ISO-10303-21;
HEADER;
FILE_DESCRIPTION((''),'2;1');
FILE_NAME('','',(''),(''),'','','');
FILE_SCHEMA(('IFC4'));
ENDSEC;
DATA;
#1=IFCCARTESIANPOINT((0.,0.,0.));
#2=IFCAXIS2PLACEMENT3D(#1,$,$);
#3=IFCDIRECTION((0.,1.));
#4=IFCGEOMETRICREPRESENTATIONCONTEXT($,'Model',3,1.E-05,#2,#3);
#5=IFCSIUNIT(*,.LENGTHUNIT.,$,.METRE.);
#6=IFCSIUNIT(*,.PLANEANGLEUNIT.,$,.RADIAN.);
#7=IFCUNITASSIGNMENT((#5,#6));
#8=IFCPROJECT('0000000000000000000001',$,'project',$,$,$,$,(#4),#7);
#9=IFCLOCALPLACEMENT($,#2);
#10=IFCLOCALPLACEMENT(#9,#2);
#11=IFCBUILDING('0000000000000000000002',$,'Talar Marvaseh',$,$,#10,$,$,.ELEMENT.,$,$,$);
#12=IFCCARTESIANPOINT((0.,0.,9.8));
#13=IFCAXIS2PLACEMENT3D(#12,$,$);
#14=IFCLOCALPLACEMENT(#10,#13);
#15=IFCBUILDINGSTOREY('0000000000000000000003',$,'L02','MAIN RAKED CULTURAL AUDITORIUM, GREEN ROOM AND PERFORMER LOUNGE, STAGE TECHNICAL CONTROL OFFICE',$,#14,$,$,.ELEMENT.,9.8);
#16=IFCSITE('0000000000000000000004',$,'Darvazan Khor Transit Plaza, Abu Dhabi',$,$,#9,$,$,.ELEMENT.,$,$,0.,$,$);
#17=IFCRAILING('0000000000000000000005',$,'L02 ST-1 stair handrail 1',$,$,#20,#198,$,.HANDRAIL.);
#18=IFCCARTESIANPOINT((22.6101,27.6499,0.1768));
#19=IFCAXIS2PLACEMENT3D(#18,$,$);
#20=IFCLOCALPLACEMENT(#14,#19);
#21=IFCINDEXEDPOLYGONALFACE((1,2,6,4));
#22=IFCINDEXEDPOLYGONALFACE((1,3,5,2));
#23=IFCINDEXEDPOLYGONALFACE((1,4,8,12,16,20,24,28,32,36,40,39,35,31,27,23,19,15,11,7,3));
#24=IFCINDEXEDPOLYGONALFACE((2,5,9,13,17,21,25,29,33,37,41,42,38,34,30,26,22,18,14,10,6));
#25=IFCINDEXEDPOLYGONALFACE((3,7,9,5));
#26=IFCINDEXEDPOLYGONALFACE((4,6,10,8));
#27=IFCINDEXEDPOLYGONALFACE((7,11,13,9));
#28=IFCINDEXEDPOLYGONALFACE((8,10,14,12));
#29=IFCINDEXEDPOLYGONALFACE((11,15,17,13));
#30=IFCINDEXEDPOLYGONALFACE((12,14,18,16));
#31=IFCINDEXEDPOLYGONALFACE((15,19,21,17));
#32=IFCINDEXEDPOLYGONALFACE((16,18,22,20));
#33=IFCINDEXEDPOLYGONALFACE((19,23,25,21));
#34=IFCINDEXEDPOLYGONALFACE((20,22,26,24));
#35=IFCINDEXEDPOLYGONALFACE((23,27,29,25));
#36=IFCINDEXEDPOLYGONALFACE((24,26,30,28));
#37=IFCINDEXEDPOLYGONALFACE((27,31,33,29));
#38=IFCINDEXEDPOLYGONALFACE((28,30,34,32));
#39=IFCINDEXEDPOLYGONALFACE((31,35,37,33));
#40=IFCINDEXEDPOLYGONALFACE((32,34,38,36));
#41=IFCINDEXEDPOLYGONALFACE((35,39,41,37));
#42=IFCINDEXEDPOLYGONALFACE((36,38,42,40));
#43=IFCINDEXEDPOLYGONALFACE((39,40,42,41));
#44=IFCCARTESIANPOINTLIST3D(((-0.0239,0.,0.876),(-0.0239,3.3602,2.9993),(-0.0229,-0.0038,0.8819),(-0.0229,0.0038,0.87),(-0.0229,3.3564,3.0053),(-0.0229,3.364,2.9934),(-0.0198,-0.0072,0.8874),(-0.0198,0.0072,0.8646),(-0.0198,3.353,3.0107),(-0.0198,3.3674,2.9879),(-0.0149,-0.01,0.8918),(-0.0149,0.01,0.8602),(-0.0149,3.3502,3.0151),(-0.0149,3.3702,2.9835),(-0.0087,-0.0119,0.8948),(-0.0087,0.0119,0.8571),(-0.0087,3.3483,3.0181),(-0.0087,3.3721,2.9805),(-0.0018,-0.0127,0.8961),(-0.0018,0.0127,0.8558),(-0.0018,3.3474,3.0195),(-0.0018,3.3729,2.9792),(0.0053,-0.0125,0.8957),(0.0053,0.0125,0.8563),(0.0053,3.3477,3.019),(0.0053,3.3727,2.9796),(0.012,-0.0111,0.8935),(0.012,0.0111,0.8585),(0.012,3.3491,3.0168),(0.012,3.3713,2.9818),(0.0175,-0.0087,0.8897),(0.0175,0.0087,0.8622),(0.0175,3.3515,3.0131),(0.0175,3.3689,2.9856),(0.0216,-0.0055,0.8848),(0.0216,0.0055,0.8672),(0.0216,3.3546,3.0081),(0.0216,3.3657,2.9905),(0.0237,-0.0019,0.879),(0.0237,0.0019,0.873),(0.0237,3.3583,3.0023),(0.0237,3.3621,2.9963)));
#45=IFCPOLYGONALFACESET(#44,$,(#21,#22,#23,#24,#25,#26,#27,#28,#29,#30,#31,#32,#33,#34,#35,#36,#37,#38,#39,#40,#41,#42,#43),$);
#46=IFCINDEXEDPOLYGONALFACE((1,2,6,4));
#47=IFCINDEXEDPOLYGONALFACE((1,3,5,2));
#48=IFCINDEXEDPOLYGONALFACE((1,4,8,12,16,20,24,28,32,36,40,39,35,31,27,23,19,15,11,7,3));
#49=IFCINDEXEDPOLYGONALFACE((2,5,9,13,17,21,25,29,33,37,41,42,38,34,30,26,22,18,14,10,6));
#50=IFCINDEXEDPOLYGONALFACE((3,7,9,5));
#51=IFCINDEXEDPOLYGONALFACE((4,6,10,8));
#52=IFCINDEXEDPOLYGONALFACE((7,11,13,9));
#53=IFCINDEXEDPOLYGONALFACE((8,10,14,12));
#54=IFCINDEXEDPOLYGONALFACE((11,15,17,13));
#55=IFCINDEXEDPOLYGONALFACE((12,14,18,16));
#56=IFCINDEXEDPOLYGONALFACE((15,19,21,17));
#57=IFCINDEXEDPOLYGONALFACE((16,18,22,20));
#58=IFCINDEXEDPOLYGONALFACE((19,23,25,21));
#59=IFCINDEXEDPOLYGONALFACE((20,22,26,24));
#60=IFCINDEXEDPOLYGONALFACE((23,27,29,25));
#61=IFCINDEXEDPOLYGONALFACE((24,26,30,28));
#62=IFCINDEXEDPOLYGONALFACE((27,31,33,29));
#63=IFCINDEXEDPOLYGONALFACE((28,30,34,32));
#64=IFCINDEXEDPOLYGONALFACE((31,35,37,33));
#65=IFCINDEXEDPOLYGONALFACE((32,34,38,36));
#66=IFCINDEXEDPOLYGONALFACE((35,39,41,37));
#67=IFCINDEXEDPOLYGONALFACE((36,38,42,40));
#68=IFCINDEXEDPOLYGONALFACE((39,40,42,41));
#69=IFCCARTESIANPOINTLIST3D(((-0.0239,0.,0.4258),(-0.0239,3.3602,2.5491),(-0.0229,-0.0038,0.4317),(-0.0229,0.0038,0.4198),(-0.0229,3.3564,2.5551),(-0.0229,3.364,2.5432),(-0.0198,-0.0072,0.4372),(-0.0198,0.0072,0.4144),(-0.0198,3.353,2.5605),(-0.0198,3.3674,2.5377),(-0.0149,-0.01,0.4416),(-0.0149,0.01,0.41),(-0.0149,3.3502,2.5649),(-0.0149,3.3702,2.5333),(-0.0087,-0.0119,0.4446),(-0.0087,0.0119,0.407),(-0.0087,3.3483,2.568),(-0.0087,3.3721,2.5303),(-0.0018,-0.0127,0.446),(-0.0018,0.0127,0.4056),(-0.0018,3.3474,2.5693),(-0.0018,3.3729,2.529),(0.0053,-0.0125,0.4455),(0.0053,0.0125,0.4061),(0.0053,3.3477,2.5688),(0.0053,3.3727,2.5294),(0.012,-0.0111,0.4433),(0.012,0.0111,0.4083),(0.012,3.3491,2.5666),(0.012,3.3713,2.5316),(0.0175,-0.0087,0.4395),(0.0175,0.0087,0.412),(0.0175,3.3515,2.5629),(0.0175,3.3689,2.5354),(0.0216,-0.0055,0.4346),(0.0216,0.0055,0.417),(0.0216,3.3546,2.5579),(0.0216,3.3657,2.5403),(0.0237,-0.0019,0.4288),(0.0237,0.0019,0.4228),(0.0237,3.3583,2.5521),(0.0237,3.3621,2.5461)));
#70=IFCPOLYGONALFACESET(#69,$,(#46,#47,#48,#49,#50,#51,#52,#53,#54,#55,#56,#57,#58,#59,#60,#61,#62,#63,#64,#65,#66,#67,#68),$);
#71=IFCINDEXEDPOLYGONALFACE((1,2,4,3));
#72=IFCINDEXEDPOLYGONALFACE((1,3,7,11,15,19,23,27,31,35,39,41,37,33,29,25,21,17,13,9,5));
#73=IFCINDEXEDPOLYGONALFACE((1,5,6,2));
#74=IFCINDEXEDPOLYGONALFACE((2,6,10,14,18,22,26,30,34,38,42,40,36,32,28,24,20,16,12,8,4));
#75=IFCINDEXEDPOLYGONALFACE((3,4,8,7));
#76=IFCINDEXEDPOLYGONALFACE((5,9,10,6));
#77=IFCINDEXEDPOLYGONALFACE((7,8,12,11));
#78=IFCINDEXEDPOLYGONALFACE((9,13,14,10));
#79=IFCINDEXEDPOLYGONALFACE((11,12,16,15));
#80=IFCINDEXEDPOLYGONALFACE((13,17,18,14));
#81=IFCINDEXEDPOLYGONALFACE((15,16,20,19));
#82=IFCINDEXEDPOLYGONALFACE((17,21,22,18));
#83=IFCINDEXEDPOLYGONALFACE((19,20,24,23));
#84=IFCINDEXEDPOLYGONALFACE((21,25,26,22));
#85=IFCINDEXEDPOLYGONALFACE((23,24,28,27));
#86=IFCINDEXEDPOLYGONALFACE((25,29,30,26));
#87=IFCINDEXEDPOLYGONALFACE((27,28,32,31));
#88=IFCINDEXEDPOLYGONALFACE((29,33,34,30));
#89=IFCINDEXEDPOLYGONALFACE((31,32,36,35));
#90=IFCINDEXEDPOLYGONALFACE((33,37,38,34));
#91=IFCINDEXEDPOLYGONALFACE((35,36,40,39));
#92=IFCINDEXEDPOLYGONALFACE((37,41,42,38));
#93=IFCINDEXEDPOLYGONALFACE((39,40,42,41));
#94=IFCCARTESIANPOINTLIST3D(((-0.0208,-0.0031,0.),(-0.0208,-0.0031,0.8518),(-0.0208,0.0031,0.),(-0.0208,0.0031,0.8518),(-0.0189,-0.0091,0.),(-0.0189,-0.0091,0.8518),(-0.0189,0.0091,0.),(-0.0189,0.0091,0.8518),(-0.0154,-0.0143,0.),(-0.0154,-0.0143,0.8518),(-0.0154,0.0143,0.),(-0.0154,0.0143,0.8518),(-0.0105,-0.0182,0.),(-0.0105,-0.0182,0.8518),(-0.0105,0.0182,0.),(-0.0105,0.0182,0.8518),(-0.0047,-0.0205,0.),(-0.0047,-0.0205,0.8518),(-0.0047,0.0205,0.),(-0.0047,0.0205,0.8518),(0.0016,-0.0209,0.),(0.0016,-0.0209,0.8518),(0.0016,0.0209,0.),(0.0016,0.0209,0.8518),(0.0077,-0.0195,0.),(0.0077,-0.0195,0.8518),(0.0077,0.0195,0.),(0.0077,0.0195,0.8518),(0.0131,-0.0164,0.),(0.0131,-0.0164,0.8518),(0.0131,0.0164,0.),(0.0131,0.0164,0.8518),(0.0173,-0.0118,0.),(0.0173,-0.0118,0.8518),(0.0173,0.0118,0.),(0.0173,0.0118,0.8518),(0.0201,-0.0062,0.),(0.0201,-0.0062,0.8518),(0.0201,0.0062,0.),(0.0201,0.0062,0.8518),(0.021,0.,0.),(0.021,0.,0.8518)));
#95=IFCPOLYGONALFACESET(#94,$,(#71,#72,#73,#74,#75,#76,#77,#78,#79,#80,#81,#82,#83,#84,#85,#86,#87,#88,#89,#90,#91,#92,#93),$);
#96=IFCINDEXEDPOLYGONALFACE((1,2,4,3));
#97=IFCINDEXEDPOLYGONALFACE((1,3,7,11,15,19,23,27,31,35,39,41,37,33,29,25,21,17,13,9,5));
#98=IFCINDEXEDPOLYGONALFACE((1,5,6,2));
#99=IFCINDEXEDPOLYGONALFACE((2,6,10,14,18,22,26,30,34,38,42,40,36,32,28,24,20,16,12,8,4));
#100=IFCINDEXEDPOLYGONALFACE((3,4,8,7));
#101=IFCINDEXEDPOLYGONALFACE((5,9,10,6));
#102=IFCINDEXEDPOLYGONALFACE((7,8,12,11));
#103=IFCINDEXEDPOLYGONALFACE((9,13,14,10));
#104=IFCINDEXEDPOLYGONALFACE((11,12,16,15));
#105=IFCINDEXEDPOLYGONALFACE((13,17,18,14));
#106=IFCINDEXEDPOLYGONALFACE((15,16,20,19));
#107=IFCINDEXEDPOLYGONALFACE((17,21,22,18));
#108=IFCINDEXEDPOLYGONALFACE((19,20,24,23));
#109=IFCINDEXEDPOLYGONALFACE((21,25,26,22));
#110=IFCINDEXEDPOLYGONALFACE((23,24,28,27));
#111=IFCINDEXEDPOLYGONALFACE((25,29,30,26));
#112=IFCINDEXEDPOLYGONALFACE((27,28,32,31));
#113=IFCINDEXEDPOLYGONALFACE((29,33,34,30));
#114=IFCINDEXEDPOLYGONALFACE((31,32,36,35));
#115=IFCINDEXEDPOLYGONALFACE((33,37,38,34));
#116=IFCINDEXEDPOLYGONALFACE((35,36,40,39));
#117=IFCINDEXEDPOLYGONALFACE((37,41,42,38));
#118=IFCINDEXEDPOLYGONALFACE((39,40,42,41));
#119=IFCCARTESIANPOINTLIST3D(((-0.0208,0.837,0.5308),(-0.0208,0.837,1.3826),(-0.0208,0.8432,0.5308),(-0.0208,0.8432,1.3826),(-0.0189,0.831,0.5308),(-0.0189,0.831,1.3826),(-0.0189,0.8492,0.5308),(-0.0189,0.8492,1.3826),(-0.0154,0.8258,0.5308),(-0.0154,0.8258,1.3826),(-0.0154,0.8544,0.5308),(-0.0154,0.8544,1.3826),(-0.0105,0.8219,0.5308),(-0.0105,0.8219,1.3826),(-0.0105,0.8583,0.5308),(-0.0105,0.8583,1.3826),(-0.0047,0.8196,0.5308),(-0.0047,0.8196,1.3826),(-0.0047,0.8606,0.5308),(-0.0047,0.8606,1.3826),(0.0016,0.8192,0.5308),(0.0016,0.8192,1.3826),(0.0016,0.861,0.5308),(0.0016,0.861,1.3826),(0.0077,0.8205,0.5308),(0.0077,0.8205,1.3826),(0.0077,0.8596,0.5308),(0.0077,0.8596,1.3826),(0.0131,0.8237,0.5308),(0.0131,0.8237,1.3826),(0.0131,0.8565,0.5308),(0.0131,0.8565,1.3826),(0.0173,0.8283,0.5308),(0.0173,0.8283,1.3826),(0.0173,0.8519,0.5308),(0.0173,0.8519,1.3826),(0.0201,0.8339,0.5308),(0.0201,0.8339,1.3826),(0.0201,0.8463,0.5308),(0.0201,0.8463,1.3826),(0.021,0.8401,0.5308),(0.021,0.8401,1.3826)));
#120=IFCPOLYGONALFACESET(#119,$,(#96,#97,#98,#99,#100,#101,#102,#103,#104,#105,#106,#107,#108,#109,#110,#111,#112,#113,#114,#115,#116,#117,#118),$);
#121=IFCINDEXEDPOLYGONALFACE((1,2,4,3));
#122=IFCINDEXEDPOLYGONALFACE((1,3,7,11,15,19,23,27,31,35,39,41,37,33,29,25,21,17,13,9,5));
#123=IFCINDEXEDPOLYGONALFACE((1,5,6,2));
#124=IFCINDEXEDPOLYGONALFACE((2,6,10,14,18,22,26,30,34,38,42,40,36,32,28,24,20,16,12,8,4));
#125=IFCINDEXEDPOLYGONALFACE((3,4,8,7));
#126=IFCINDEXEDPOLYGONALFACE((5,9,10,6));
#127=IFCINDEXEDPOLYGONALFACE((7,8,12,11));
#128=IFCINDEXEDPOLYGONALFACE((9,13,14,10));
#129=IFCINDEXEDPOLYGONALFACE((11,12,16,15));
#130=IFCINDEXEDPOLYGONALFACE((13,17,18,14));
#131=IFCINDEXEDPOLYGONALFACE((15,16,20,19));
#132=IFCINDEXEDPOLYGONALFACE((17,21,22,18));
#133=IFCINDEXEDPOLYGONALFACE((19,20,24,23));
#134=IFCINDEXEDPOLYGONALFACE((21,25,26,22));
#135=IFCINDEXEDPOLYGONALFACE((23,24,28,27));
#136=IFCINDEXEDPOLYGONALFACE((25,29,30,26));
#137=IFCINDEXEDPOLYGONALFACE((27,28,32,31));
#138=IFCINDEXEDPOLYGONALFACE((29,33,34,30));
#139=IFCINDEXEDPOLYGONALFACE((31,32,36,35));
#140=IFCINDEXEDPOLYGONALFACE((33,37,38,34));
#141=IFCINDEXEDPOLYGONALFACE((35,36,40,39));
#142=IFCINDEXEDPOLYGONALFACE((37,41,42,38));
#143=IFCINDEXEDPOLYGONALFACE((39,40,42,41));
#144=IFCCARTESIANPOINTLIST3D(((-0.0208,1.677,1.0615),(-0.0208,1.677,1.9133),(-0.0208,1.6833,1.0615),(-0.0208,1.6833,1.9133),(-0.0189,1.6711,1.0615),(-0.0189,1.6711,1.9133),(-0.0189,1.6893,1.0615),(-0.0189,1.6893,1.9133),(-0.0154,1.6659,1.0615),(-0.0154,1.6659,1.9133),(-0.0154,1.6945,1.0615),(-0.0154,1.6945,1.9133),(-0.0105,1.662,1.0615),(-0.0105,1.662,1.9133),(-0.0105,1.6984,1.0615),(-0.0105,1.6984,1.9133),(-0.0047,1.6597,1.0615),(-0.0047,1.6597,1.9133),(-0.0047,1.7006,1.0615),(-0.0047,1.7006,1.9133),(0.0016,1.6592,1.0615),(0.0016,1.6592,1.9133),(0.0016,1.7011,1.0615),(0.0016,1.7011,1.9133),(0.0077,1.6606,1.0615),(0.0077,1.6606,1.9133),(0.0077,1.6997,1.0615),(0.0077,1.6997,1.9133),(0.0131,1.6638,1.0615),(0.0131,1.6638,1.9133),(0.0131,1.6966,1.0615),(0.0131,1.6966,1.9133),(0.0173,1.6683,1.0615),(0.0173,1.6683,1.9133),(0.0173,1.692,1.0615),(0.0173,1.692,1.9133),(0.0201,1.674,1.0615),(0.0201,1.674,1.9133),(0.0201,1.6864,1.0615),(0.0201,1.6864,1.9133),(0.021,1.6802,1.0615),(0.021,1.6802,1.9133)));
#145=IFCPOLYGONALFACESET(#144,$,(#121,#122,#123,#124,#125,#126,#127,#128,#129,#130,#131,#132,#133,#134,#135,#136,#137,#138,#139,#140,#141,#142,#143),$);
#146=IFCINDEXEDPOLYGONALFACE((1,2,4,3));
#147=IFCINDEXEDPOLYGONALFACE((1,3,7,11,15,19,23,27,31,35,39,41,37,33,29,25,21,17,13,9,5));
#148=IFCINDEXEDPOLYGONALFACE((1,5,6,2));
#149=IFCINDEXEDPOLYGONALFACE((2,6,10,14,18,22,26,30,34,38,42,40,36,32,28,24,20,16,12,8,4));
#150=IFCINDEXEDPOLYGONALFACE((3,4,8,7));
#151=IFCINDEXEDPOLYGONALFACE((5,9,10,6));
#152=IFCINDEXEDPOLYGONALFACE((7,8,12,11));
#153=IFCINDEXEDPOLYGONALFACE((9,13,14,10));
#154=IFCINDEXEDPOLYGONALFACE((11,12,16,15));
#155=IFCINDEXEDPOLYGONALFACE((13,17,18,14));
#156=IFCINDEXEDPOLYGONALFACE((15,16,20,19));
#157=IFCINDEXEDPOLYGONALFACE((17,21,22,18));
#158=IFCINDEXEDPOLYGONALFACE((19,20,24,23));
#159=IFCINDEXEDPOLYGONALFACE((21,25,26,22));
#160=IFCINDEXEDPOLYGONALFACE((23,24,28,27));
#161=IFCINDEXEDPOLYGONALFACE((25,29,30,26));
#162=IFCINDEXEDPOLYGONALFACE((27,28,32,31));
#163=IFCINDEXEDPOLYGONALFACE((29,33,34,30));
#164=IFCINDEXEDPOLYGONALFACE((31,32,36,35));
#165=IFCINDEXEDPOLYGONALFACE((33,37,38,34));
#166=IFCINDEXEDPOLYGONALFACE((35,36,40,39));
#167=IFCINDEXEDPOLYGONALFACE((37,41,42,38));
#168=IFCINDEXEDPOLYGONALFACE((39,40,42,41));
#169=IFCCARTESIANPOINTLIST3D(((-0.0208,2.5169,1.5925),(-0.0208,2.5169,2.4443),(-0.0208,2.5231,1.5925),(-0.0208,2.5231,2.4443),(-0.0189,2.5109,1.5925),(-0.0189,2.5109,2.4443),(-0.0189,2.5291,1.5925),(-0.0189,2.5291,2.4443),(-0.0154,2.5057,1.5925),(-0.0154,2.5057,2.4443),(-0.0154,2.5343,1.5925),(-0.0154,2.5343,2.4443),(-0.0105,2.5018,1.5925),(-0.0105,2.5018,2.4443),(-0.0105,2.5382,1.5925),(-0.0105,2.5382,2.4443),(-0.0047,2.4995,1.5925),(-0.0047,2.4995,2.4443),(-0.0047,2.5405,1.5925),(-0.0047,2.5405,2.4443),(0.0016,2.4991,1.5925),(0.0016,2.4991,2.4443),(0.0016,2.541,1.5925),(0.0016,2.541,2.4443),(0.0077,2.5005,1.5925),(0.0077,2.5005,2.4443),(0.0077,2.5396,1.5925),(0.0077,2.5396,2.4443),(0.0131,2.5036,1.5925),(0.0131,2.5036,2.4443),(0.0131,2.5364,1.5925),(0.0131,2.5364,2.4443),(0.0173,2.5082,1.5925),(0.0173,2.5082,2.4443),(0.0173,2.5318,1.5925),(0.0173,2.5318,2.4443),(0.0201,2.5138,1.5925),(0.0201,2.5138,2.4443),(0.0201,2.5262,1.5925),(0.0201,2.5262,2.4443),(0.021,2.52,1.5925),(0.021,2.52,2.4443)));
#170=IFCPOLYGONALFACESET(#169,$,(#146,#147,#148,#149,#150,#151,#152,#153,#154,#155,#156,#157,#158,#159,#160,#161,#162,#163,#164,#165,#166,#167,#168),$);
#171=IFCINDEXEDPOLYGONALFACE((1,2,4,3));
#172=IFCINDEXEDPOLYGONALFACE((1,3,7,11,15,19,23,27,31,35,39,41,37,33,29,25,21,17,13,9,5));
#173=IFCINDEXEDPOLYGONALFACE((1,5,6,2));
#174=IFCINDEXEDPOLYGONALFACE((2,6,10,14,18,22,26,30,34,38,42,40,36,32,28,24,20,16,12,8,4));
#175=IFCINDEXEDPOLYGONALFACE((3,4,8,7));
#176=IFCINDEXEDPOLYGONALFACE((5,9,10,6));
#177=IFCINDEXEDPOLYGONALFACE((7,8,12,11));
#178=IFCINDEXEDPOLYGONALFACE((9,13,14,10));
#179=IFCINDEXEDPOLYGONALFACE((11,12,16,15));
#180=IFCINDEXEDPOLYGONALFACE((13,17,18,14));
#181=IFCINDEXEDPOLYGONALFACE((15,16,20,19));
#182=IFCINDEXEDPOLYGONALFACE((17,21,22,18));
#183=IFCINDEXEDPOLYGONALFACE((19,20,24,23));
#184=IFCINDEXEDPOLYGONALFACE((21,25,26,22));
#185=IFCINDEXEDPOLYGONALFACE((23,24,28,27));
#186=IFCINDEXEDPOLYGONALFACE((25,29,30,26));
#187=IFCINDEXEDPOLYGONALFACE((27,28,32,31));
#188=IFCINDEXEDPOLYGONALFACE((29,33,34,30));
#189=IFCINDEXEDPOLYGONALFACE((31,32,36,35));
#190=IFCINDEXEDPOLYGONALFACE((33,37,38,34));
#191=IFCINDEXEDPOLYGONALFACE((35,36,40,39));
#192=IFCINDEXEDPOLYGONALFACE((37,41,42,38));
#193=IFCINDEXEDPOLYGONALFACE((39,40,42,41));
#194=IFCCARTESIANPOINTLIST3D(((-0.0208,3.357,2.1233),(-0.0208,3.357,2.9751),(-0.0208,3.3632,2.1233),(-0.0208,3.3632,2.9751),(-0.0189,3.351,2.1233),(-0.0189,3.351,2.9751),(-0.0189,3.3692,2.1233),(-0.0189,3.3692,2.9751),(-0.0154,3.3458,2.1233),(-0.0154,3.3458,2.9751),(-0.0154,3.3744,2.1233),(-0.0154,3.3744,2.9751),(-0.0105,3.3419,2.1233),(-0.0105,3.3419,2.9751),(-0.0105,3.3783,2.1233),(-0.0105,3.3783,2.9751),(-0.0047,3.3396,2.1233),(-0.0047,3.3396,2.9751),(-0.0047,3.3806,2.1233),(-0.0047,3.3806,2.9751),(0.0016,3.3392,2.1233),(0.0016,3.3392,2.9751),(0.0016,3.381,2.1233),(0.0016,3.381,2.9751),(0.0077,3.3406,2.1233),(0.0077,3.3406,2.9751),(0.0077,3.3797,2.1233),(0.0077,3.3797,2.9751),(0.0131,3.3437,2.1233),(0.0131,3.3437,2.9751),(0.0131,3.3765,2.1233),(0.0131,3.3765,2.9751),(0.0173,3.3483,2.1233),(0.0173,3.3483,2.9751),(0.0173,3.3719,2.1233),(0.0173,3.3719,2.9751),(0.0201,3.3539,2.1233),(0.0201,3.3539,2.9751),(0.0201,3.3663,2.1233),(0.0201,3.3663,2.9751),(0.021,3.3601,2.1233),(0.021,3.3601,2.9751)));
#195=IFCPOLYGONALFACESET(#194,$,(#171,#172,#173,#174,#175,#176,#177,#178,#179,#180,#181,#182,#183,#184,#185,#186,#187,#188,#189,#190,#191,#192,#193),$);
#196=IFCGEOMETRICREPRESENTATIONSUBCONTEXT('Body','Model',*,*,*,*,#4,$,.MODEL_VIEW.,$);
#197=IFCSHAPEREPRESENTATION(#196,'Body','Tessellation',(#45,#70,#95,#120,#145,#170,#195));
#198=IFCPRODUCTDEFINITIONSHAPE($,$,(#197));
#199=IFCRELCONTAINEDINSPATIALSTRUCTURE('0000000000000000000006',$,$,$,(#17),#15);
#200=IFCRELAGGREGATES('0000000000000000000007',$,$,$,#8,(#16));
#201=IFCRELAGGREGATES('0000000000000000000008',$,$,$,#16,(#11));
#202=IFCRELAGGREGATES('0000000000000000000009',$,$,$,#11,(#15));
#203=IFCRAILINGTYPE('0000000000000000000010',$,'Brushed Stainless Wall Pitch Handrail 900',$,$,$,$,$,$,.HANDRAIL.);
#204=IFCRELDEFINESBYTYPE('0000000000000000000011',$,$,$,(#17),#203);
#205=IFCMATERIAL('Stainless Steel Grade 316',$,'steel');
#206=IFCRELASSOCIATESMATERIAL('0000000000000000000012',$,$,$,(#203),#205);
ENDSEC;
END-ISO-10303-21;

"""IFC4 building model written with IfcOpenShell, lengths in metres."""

from ifc_helpers import new_model, si_unit, direction, frame, origin, origin_2d, place, context, subcontext, project, spatial, circle, extrude, material, type_object, element, save


model = new_model("IFC4")

# Units and contexts
model_context = context("Model", 3, precision=1e-05, world=origin(), true_north=direction((0.0, 1.0)))
body_context = subcontext(model_context, "Body", "Model", "MODEL_VIEW")
ifc_project = project(units=[si_unit("LENGTHUNIT", "METRE"), si_unit("PLANEANGLEUNIT", "RADIAN")], contexts=[model_context])

# Site, building, storey
site_placement = place(None, origin())
site = spatial("IfcSite", under=ifc_project, at=site_placement, Name="Darvazan Khor Transit Plaza, Abu Dhabi", CompositionType="ELEMENT", RefElevation=0.0)
building_placement = place(site_placement, origin())
building = spatial("IfcBuilding", under=site, at=building_placement, Name="Talar Marvaseh", CompositionType="ELEMENT")
storey_placement = place(building_placement, frame((0.0, 0.0, 9.8)))
storey = spatial("IfcBuildingStorey", under=building, at=storey_placement, Name="L02", Description="MAIN RAKED CULTURAL AUDITORIUM, GREEN ROOM AND PERFORMER LOUNGE, STAGE TECHNICAL CONTROL OFFICE", CompositionType="ELEMENT", Elevation=9.8)

# Shared definitions
ifc_material_1 = material(Name="Stainless Steel Grade 316", Category="steel")

# Railing
railing_type_1 = type_object("IfcRailingType", Name="Brushed Stainless Wall Pitch Handrail 900", PredefinedType="HANDRAIL", material=ifc_material_1)
railing_1_placement = place(storey_placement, frame((22.6101, 27.6499, 0.1768)))
element("IfcRailing", 1, at=railing_1_placement, inside=storey, type_object=railing_type_1, Name="L02 ST-1 stair handrail 1", PredefinedType="HANDRAIL", context=body_context, shape_type="SweptSolid", body=[
    extrude(circle(Radius=0.0239, at=origin_2d()), frame((0.0, 0.0, 0.876), z_axis=(0.0, 0.845362, 0.534194), x_axis=(-1.0, 0.0, 0.0)), (0.0, 0.0, 1.0), 3.9749),
    extrude(circle(Radius=0.0239, at=origin_2d()), frame((0.0, 0.0, 0.4258), z_axis=(0.0, 0.845362, 0.534194), x_axis=(-1.0, 0.0, 0.0)), (0.0, 0.0, 1.0), 3.9749),
    extrude(circle(Radius=0.021, at=origin_2d()), origin(), (0.0, 0.0, 1.0), 0.8518),
    extrude(circle(Radius=0.021, at=origin_2d()), frame((0.0, 0.8401, 0.5308)), (0.0, 0.0, 1.0), 0.8518),
    extrude(circle(Radius=0.021, at=origin_2d()), frame((0.0, 1.6802, 1.0615)), (0.0, 0.0, 1.0), 0.8518),
    extrude(circle(Radius=0.021, at=origin_2d()), frame((0.0, 2.52, 1.5925)), (0.0, 0.0, 1.0), 0.8518),
    extrude(circle(Radius=0.021, at=origin_2d()), frame((0.0, 3.3601, 2.1233)), (0.0, 0.0, 1.0), 0.8518),
])

save(model, "model.ifc")
